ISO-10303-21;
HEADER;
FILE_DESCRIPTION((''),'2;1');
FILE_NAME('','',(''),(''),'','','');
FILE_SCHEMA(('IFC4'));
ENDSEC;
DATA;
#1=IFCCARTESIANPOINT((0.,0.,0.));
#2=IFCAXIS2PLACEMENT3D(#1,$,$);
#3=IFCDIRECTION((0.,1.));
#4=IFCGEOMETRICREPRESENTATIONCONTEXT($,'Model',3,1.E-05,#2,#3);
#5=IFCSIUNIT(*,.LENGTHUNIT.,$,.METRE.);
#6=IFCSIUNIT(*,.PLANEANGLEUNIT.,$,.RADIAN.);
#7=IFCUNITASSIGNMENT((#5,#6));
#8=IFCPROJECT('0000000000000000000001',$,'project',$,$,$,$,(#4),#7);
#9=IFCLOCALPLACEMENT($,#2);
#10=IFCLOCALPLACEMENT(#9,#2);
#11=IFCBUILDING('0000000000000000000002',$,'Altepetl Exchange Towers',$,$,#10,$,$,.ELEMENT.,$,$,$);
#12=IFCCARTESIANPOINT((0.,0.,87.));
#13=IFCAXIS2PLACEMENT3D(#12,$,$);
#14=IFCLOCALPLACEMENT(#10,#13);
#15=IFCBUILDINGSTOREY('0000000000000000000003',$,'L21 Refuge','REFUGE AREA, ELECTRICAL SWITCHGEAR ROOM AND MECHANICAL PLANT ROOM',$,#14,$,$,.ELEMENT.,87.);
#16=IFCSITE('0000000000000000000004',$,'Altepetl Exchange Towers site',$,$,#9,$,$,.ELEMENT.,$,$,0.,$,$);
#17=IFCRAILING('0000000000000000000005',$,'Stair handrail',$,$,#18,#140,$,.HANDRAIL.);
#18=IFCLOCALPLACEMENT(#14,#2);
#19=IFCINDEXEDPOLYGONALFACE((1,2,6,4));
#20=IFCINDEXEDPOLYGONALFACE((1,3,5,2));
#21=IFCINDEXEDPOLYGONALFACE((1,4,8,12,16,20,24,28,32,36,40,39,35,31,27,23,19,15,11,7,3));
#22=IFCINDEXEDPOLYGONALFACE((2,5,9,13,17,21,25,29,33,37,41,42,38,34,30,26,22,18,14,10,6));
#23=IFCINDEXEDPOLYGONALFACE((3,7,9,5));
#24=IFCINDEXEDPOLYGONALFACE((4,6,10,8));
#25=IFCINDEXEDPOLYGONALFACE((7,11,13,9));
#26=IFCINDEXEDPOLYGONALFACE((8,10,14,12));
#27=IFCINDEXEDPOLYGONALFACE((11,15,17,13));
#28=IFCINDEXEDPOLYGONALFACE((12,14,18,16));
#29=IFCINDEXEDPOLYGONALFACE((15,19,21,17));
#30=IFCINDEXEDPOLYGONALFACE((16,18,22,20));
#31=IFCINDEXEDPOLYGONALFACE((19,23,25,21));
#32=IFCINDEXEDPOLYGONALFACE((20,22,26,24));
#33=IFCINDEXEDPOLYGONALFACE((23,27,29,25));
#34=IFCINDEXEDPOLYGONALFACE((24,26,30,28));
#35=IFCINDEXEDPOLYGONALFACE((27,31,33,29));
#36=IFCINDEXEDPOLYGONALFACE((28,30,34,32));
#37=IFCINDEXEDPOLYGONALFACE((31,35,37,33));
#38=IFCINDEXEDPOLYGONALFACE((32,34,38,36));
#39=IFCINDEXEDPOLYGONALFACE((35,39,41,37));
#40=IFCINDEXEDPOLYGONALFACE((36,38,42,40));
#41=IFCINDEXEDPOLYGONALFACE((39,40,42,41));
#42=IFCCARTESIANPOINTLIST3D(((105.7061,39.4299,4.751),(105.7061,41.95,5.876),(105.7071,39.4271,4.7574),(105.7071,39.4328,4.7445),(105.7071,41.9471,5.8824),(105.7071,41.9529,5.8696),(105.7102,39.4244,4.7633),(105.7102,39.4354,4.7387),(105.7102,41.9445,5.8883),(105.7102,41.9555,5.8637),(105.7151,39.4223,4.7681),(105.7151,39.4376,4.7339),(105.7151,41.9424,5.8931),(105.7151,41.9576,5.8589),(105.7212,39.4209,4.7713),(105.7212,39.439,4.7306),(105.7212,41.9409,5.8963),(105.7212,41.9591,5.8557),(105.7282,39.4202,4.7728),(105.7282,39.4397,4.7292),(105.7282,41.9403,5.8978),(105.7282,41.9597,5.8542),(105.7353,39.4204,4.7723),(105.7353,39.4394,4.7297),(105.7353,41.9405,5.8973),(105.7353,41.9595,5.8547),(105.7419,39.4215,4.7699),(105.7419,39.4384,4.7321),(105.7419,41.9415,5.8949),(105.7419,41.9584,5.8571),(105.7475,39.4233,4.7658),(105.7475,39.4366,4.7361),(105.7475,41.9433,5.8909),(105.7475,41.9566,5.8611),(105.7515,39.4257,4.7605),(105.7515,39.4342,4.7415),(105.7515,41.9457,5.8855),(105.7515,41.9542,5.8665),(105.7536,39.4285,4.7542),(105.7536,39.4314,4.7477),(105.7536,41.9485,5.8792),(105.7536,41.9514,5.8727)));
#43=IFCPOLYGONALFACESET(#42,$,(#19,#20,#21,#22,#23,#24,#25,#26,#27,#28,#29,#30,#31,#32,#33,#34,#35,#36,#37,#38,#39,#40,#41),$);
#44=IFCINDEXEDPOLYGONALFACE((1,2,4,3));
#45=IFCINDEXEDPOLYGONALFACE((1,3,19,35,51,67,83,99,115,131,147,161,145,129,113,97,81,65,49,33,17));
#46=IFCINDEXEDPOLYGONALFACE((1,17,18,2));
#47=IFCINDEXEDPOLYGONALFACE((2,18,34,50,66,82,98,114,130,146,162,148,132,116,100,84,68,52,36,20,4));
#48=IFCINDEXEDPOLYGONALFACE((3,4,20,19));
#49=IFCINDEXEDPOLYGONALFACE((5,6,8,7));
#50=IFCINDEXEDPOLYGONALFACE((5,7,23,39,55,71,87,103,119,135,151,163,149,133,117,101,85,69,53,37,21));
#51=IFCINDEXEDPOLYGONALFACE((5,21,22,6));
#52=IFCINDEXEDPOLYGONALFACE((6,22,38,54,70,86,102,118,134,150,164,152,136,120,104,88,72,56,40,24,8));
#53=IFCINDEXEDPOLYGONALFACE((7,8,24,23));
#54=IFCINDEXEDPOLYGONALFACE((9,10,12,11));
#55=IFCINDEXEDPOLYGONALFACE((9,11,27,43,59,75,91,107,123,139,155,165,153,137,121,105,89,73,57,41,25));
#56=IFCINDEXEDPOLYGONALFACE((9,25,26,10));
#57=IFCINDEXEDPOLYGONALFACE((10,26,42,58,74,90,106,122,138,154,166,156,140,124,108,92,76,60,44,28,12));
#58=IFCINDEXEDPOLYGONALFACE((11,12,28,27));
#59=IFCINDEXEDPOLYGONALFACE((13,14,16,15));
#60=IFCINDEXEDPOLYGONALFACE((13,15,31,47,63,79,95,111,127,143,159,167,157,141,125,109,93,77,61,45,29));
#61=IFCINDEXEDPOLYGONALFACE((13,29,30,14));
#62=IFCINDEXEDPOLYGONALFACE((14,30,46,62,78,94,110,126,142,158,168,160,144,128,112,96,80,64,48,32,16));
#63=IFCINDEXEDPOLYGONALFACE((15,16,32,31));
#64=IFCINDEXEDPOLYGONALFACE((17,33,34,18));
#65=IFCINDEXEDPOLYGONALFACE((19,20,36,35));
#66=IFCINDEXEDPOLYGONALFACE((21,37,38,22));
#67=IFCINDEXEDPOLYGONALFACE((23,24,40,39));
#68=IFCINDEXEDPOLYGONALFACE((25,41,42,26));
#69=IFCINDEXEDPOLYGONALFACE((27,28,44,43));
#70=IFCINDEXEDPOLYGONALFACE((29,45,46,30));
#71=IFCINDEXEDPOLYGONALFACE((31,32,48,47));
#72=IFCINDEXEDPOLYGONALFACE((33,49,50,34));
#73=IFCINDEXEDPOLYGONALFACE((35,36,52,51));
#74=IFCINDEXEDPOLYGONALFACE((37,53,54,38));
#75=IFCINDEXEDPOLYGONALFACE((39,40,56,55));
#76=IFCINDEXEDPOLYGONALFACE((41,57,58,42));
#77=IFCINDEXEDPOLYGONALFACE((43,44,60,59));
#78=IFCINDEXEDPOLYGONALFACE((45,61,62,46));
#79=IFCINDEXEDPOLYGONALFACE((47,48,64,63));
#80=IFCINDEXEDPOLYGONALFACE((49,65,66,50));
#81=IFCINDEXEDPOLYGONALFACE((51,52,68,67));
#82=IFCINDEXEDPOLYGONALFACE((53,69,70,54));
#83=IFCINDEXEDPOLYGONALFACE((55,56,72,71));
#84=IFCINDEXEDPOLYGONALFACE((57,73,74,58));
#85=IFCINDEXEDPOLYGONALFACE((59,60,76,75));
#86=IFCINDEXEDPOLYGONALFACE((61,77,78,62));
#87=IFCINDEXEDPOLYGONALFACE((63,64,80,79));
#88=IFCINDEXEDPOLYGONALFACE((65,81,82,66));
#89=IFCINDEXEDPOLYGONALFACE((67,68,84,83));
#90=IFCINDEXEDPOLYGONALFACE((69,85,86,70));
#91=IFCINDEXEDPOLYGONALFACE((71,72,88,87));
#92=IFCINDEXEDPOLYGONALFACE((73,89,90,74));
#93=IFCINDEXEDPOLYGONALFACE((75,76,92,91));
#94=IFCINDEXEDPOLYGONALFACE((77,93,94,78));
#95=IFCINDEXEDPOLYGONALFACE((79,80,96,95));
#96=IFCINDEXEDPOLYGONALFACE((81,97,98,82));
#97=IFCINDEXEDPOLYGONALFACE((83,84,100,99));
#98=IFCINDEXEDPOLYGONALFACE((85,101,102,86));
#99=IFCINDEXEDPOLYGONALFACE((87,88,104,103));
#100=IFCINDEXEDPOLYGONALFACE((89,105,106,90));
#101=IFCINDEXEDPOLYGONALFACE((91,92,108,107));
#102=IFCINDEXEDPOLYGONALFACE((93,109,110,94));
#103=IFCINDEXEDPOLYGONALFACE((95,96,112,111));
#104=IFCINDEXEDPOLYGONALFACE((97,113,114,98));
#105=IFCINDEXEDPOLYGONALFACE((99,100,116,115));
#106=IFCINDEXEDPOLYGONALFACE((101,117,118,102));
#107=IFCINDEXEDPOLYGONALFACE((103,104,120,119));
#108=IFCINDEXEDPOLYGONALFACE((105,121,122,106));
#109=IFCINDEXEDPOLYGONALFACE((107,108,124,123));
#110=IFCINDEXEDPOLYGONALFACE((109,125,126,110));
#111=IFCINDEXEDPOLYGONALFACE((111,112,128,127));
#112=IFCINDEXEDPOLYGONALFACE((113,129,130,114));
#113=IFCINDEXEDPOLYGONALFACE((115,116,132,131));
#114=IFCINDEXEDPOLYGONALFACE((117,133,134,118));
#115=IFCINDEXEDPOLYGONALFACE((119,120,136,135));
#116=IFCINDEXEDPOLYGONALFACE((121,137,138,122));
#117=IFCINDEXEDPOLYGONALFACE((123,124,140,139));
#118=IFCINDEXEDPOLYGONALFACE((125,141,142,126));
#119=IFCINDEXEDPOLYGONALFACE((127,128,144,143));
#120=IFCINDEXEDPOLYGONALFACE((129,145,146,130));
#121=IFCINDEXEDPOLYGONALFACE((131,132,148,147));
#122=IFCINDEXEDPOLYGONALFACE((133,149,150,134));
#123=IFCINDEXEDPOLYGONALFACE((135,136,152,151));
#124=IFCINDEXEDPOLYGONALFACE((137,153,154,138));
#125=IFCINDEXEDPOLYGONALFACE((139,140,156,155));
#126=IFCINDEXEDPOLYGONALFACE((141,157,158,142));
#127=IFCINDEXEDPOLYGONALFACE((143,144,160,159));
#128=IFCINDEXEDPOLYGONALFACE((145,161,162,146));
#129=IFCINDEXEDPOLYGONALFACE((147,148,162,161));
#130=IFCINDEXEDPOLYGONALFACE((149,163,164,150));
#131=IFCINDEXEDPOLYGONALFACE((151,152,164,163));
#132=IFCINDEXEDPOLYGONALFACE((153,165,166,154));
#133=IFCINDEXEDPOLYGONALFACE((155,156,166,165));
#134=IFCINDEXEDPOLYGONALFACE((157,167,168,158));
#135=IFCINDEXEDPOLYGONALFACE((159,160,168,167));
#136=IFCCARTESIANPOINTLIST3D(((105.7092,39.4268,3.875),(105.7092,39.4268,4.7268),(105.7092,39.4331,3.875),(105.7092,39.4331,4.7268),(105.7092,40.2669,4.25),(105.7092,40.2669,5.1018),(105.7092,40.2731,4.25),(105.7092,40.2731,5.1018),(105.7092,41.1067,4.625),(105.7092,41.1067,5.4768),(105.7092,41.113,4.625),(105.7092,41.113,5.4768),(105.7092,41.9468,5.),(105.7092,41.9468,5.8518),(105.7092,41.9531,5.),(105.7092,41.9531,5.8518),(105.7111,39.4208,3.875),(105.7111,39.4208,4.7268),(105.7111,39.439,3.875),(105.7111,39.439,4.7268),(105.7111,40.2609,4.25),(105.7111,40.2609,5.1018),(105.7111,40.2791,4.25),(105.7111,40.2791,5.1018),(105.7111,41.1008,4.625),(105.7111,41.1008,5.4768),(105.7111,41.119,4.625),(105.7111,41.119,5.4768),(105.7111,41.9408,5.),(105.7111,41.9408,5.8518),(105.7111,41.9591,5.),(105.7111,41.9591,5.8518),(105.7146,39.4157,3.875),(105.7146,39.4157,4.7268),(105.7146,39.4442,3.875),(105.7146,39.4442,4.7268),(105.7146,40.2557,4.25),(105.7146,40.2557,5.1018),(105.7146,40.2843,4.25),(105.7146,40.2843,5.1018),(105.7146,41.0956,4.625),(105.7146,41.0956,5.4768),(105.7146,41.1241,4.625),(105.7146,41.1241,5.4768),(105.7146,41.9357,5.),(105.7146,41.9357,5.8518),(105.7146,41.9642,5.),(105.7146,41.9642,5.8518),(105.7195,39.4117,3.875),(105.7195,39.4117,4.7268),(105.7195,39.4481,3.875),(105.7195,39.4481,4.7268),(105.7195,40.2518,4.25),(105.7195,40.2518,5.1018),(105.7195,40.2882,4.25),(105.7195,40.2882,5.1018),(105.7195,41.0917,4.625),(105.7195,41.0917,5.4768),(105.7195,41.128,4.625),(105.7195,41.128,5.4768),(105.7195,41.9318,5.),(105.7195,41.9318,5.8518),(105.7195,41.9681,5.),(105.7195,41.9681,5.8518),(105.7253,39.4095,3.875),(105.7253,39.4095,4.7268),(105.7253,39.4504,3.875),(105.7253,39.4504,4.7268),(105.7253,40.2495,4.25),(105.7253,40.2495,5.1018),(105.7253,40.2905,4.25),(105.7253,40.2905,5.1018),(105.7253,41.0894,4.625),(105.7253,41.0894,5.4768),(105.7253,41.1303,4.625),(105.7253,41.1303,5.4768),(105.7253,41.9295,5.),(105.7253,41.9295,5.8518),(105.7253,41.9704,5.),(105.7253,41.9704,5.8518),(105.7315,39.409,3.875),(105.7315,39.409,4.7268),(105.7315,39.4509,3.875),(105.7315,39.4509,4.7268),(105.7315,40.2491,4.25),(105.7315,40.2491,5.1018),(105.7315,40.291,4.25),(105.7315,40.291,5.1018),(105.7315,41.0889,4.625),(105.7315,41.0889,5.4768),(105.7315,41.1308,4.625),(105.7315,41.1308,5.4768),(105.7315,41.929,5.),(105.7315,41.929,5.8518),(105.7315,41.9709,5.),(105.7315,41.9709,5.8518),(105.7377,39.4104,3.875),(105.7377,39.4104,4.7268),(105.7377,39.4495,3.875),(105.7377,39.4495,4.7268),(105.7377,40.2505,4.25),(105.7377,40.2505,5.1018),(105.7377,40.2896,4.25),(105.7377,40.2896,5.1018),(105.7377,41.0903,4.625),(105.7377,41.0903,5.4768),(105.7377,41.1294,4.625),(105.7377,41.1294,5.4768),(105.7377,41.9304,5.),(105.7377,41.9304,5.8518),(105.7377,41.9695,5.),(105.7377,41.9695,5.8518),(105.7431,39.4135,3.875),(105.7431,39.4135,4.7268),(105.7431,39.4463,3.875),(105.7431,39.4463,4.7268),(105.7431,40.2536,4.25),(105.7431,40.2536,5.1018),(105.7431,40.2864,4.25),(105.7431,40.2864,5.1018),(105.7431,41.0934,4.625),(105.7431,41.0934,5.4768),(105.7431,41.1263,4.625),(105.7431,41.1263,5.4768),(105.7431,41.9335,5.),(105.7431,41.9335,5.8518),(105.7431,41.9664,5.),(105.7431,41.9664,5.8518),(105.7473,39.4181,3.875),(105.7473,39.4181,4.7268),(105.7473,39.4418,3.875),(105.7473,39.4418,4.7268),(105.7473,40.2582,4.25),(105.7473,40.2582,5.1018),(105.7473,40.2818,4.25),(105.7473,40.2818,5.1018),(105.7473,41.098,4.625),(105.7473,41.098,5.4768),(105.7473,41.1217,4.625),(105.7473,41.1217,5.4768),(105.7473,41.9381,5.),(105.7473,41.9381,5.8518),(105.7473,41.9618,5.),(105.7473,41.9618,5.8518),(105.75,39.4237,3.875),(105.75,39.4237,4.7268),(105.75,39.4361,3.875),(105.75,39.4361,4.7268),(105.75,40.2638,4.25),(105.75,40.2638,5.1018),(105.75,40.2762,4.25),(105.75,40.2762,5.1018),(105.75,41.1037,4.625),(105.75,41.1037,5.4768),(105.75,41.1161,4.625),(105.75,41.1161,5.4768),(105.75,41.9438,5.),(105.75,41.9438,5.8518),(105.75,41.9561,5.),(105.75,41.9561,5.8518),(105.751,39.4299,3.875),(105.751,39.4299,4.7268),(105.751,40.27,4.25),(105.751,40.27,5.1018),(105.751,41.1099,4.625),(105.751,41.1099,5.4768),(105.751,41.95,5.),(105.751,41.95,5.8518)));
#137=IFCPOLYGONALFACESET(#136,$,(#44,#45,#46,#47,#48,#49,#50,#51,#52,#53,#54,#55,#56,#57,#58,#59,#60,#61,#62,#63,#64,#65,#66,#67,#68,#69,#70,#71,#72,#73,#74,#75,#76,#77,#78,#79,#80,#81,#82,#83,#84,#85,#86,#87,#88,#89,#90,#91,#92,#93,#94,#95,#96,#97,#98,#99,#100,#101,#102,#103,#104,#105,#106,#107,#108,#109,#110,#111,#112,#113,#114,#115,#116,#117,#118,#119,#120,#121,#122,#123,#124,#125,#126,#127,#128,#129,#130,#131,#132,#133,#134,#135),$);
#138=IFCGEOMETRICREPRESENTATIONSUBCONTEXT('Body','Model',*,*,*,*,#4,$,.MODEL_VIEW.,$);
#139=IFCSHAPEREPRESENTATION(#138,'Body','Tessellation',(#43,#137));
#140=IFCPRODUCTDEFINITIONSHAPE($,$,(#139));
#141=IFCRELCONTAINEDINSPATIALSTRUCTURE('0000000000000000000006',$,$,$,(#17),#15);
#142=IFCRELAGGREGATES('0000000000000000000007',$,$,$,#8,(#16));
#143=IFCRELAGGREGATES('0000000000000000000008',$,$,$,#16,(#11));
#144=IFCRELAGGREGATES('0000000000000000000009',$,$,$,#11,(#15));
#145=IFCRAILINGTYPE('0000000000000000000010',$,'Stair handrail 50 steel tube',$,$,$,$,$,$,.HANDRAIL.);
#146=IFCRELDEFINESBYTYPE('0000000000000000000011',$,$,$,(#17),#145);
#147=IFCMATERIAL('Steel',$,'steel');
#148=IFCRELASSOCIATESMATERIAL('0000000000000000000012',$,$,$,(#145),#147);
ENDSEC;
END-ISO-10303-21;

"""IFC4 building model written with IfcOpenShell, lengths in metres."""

from ifc_helpers import new_model, si_unit, direction, frame, origin, origin_2d, place, context, subcontext, project, spatial, circle, extrude, source, transform, mapped, material, type_object, element, save


model = new_model("IFC4")

# Units and contexts
model_context = context("Model", 3, precision=1e-05, world=origin(), true_north=direction((0.0, 1.0)))
body_context = subcontext(model_context, "Body", "Model", "MODEL_VIEW")
ifc_project = project(units=[si_unit("LENGTHUNIT", "METRE"), si_unit("PLANEANGLEUNIT", "RADIAN")], contexts=[model_context])

# Site, building, storey
site_placement = place(None, origin())
site = spatial("IfcSite", under=ifc_project, at=site_placement, Name="Altepetl Exchange Towers site", CompositionType="ELEMENT", RefElevation=0.0)
building_placement = place(site_placement, origin())
building = spatial("IfcBuilding", under=site, at=building_placement, Name="Altepetl Exchange Towers", CompositionType="ELEMENT")
storey_placement = place(building_placement, frame((0.0, 0.0, 87.0)))
storey = spatial("IfcBuildingStorey", under=building, at=storey_placement, Name="L21 Refuge", Description="REFUGE AREA, ELECTRICAL SWITCHGEAR ROOM AND MECHANICAL PLANT ROOM", CompositionType="ELEMENT", Elevation=87.0)

# Railing
ifc_material_1 = material(Name="Steel", Category="steel")
railing_type = type_object("IfcRailingType", Name="Stair handrail 50 steel tube", PredefinedType="HANDRAIL", material=ifc_material_1)
shared_shape = source(origin(), body_context, "Body", "SweptSolid", [
    extrude(circle(Radius=0.021, at=origin_2d()), origin(), (0.0, 0.0, 1.0), 0.8518),
])
for number, where, name in (
    (1, (105.73, 39.4299, 3.875), "Stair handrail"),
):
    element("IfcRailing", number, at=place(storey_placement, frame(where)), inside=storey, type_object=railing_type, Name=name, PredefinedType="HANDRAIL", context=body_context, shape_type="SweptSolid", body=[
        extrude(circle(Radius=0.0239, at=origin_2d()), frame((0.0, 0.0, 0.876), z_axis=(0.0, 0.913139, 0.407648), x_axis=(-1.0, 0.0, 0.0)), (0.0, 0.0, 1.0), 2.7598),
        mapped(shared_shape, transform((0.0, 0.0, 0.0))),
        mapped(shared_shape, transform((0.0, 0.8401, 0.375))),
        mapped(shared_shape, transform((0.0, 1.6799, 0.75))),
        mapped(shared_shape, transform((0.0, 2.52, 1.125))),
    ])

save(model, "model.ifc")
